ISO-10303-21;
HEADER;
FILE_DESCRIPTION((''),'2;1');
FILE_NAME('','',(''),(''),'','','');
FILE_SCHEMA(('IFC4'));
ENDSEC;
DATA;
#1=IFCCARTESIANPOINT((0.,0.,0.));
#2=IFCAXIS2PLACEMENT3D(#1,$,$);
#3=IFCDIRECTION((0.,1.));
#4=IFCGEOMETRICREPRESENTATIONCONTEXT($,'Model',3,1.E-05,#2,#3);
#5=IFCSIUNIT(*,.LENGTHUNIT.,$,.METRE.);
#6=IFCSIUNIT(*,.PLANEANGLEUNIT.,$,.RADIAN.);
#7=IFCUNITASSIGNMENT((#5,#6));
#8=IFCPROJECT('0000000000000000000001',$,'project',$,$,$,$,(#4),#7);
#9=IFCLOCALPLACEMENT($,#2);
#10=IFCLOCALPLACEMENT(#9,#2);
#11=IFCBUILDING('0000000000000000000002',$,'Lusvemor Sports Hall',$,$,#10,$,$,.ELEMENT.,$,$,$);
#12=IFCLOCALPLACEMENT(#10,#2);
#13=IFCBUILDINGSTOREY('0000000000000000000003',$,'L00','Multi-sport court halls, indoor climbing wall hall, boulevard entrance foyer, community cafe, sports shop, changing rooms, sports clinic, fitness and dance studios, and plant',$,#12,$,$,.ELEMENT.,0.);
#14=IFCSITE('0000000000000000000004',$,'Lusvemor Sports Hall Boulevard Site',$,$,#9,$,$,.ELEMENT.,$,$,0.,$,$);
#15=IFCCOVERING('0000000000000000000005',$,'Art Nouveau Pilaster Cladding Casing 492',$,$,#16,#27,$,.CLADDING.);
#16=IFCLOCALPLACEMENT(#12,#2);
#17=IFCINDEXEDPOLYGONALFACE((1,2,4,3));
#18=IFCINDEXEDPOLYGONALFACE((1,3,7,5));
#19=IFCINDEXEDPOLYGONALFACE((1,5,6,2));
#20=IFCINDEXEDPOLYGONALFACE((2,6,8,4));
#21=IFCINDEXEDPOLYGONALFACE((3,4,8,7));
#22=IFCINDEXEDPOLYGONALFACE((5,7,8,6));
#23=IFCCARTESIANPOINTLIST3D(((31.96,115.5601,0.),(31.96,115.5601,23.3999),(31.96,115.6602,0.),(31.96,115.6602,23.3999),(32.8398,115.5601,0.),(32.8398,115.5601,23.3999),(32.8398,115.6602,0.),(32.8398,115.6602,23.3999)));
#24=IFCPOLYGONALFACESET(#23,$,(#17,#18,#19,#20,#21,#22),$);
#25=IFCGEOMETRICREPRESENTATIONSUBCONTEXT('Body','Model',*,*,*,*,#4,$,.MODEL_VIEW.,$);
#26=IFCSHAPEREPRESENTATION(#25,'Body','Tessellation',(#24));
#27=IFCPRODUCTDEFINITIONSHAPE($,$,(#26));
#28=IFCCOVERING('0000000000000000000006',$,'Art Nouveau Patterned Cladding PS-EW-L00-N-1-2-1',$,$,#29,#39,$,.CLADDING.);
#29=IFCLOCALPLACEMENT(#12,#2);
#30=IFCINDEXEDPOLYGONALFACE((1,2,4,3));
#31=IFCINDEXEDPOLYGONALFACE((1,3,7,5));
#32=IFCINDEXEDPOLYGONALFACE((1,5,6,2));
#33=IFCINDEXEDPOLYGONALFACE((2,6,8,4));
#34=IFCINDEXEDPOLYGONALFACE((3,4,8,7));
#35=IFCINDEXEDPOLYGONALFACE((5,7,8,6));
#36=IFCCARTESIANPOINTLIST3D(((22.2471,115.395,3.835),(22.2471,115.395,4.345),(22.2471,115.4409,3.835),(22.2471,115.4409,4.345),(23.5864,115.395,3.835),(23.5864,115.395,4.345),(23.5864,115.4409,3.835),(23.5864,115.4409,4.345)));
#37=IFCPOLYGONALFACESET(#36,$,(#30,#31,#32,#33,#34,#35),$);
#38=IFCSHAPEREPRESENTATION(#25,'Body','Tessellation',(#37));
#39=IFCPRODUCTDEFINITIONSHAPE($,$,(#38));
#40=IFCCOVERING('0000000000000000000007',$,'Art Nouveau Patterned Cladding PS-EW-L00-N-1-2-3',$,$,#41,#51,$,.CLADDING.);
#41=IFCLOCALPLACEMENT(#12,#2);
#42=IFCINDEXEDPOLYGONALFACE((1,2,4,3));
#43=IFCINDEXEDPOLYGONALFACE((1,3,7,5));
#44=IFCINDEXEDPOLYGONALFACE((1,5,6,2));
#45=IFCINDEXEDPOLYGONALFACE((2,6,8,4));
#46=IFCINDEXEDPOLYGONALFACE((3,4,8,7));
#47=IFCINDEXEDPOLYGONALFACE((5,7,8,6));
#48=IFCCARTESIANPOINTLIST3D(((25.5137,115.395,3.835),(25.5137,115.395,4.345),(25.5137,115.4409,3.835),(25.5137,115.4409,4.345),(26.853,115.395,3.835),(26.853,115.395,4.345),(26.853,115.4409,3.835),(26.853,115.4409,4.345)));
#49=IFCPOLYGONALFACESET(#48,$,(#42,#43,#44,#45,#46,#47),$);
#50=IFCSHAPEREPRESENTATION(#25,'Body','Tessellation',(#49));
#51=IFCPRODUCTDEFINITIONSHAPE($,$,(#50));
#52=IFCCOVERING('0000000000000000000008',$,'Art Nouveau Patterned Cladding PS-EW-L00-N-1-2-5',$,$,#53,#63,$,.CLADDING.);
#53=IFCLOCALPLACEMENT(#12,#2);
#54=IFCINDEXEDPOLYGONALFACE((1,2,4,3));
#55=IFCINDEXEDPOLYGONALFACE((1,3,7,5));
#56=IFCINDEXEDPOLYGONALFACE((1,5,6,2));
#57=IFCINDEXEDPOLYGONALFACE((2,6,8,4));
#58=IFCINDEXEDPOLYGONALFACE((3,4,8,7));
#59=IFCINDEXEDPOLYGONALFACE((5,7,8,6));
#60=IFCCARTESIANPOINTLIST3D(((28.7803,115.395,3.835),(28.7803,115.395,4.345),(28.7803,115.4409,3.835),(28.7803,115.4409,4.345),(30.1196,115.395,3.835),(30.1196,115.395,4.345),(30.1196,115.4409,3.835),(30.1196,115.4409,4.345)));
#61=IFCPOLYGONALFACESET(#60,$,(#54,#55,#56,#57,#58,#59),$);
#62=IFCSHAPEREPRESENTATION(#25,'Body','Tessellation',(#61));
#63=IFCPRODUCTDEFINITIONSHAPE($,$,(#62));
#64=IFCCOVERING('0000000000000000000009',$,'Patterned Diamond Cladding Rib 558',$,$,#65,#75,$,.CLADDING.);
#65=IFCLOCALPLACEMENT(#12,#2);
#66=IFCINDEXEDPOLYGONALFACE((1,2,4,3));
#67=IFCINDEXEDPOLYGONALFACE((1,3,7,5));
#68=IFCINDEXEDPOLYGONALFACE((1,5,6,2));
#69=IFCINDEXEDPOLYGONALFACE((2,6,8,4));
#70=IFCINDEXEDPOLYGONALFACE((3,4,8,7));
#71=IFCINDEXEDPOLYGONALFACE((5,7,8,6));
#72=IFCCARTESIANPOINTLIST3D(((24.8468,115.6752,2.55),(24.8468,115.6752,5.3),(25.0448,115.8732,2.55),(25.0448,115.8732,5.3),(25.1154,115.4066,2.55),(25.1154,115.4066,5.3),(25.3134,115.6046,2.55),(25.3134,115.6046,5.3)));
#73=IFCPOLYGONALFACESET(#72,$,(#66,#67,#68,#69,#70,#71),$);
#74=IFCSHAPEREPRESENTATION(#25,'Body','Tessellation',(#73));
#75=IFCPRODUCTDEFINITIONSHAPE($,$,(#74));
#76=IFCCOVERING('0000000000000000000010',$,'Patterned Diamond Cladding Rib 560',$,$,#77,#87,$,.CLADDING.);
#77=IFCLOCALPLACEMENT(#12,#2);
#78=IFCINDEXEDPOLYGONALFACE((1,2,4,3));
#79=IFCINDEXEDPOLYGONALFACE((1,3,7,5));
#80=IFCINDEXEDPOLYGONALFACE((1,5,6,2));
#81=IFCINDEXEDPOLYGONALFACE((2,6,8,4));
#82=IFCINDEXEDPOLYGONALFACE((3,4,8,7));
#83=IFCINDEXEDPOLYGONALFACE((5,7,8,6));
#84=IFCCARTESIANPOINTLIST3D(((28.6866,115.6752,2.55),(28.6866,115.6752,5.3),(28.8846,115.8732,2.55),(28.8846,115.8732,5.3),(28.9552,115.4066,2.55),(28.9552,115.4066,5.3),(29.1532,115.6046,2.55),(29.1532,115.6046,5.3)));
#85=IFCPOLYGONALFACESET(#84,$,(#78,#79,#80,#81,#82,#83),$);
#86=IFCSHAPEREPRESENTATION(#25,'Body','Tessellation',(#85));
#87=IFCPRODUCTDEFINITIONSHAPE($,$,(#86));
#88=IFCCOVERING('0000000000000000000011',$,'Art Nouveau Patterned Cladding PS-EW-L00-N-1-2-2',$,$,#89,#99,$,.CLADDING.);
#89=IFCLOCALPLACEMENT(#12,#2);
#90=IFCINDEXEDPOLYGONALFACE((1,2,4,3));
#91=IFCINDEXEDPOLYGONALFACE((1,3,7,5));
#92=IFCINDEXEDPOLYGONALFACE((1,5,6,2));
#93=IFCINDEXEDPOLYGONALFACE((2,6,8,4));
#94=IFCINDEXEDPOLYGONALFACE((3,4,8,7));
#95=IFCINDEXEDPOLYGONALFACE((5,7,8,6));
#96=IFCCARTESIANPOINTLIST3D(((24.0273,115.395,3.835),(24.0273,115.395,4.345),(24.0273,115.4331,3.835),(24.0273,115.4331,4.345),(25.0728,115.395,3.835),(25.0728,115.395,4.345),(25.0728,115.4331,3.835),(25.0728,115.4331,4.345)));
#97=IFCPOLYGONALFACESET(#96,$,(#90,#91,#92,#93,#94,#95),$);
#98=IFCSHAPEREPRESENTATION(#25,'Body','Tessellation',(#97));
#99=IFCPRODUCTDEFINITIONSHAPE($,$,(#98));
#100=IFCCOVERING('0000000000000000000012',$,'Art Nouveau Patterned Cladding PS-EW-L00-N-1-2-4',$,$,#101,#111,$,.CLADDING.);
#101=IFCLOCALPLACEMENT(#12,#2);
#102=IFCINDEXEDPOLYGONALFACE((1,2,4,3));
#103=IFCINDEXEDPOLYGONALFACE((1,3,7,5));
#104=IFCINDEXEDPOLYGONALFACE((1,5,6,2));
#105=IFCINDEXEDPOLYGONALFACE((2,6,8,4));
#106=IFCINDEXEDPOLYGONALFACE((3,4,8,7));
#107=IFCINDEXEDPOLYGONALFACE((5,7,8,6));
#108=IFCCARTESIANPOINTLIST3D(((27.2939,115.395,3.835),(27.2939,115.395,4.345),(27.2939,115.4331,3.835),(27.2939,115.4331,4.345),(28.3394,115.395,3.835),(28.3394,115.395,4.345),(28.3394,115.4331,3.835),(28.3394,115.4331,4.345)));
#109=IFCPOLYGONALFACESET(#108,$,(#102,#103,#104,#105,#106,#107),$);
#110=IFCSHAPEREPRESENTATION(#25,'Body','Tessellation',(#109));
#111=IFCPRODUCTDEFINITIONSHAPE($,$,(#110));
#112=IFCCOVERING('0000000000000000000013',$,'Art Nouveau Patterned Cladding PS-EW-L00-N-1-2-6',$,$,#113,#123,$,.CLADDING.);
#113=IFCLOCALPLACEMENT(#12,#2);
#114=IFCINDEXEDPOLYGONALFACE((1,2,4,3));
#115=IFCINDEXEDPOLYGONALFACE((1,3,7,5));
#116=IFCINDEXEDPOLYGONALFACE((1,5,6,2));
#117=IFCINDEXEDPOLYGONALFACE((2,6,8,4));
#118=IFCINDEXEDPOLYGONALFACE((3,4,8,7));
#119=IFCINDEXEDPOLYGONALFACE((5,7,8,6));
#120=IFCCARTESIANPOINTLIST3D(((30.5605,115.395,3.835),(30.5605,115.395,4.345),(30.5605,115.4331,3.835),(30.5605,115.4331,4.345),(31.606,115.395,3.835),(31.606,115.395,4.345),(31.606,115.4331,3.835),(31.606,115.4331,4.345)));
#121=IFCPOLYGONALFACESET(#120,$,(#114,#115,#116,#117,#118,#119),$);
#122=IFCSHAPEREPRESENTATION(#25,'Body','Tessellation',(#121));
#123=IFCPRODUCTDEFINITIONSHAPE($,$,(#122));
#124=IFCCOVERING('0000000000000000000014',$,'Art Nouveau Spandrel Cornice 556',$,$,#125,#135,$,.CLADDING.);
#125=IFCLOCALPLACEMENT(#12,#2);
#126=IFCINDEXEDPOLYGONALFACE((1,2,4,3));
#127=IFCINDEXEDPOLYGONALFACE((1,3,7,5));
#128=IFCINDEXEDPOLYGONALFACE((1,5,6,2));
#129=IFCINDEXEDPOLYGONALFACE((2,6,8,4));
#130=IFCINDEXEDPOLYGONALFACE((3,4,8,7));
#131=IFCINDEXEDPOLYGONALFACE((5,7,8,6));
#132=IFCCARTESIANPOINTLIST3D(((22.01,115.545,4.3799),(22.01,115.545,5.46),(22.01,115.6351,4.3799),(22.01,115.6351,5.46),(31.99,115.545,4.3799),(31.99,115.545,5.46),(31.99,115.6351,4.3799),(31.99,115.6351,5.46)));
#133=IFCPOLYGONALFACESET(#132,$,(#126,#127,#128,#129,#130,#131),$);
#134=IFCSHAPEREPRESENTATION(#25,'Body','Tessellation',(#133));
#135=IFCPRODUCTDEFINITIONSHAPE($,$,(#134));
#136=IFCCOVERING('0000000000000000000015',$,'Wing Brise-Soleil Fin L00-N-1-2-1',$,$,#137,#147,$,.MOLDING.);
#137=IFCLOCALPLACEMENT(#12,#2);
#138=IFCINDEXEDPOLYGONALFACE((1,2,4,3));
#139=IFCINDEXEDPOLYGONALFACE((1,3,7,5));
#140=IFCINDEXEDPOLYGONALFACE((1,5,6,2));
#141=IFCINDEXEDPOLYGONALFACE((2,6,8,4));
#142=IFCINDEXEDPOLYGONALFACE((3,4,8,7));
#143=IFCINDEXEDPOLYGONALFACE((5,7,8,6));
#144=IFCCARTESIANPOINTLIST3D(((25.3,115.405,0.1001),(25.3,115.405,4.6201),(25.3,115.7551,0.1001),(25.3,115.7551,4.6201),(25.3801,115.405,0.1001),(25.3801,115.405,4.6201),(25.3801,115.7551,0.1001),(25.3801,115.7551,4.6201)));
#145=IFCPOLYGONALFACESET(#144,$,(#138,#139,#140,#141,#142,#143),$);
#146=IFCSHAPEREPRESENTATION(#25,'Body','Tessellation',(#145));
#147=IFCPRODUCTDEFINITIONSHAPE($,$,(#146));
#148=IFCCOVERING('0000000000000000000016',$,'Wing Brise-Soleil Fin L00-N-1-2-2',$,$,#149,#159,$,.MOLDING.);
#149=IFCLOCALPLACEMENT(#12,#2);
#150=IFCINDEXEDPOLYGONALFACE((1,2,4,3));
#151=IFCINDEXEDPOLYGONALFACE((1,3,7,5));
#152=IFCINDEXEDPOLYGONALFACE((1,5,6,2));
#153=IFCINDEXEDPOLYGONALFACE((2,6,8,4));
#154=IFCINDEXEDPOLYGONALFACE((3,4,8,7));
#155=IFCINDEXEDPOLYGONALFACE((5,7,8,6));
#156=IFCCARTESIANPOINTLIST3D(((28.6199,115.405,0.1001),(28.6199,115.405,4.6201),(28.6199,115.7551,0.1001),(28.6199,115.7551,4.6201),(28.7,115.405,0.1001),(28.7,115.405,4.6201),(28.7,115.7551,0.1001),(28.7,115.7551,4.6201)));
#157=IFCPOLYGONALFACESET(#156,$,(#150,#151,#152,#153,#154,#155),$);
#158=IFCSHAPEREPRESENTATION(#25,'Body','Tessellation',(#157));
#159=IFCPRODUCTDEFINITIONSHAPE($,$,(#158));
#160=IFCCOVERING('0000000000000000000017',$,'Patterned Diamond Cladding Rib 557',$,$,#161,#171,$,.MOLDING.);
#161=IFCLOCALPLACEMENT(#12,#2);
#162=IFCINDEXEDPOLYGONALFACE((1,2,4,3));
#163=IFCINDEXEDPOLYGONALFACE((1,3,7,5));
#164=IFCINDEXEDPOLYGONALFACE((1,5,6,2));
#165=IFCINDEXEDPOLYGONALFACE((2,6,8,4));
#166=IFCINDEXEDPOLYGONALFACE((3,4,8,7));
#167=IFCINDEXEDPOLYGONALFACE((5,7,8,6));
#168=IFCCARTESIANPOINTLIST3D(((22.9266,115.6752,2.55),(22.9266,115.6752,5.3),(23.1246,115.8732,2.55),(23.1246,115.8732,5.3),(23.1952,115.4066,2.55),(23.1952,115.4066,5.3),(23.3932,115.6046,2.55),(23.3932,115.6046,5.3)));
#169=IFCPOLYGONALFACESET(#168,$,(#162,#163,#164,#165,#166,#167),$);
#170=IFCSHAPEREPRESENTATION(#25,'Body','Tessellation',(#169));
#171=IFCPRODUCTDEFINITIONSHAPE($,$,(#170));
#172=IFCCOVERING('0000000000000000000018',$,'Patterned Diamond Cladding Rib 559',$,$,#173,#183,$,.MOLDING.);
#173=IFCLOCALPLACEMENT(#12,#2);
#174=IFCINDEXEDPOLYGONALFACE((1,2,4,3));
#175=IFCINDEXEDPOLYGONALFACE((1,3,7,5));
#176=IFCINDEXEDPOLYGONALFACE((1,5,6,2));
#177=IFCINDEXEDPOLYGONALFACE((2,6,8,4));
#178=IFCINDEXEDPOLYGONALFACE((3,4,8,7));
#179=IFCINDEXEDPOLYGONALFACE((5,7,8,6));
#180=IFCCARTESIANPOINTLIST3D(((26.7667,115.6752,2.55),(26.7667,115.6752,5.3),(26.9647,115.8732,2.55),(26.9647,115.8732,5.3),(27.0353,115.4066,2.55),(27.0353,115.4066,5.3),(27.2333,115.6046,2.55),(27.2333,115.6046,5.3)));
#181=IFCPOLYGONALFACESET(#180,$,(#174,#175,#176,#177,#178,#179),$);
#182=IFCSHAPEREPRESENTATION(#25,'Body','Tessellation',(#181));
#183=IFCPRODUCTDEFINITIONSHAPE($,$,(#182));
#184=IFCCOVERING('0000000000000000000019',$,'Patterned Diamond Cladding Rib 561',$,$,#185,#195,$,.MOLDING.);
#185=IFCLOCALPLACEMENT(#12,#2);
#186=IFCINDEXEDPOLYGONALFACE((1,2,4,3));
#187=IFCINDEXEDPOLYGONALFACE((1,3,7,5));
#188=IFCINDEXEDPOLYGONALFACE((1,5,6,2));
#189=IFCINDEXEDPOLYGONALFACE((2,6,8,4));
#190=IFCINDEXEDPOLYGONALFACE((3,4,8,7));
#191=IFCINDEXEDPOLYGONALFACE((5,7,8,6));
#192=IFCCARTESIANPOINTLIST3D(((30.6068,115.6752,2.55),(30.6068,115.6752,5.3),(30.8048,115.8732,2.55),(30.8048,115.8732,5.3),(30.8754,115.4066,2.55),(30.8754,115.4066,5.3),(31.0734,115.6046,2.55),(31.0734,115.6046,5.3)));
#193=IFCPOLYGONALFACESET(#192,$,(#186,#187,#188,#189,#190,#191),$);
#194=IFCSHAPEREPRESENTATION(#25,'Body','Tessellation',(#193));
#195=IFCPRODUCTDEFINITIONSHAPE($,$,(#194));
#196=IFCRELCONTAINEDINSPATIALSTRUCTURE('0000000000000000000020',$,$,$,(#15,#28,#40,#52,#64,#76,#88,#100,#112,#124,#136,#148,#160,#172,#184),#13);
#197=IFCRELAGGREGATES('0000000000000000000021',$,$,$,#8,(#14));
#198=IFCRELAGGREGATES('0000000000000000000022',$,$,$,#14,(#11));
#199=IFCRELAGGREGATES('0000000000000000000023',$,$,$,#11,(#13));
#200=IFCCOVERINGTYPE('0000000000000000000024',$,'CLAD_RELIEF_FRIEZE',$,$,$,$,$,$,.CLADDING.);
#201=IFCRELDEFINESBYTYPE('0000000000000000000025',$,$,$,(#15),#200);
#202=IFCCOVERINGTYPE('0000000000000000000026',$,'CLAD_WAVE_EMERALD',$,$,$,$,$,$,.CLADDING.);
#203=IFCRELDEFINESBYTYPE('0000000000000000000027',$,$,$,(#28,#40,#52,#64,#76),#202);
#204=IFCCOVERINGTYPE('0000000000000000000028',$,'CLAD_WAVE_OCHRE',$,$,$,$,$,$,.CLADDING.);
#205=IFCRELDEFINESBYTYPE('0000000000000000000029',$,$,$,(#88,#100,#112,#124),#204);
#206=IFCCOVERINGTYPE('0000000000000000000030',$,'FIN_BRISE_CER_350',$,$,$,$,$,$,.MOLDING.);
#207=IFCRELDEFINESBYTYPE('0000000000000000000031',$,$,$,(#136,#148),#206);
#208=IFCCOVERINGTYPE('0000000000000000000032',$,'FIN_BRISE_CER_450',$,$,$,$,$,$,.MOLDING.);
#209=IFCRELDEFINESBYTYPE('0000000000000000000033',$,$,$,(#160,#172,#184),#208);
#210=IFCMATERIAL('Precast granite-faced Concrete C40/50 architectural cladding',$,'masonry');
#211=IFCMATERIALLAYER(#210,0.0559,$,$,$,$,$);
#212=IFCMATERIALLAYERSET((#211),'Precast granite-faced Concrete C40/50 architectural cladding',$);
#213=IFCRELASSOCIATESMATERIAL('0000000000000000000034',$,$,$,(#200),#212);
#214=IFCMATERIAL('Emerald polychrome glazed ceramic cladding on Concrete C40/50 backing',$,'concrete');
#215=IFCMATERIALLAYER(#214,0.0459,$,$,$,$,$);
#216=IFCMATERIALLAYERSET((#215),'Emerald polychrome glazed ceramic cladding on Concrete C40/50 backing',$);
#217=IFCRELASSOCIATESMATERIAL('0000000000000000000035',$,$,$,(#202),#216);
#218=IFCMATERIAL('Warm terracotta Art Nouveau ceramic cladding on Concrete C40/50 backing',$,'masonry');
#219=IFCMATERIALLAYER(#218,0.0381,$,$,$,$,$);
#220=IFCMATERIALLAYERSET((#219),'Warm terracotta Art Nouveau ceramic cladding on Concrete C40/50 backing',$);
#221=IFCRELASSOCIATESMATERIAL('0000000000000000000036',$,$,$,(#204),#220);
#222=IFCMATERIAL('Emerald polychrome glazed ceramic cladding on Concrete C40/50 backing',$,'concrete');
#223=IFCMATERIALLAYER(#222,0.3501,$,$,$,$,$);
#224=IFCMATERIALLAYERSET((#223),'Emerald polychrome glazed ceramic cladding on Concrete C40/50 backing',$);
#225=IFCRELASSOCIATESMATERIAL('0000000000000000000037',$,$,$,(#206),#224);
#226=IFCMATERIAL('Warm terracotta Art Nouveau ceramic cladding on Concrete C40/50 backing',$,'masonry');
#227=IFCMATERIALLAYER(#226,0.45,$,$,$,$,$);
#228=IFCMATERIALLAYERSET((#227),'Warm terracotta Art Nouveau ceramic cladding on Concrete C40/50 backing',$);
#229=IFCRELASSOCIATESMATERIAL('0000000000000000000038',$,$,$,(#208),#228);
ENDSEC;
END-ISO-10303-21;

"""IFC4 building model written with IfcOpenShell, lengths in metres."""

from ifc_helpers import new_model, si_unit, direction, frame, origin, origin_2d, place, context, subcontext, project, spatial, rectangle, extrude, material, layer, layer_set, type_object, element, save


model = new_model("IFC4")

# Units and contexts
model_context = context("Model", 3, precision=1e-05, world=origin(), true_north=direction((0.0, 1.0)))
body_context = subcontext(model_context, "Body", "Model", "MODEL_VIEW")
ifc_project = project(units=[si_unit("LENGTHUNIT", "METRE"), si_unit("PLANEANGLEUNIT", "RADIAN")], contexts=[model_context])

# Site, building, storey
site_placement = place(None, origin())
site = spatial("IfcSite", under=ifc_project, at=site_placement, Name="Lusvemor Sports Hall Boulevard Site", CompositionType="ELEMENT", RefElevation=0.0)
building_placement = place(site_placement, origin())
building = spatial("IfcBuilding", under=site, at=building_placement, Name="Lusvemor Sports Hall", CompositionType="ELEMENT")
storey_placement = place(building_placement, origin())
storey = spatial("IfcBuildingStorey", under=building, at=storey_placement, Name="L00", Description="Multi-sport court halls, indoor climbing wall hall, boulevard entrance foyer, community cafe, sports shop, changing rooms, sports clinic, fitness and dance studios, and plant", CompositionType="ELEMENT", Elevation=0.0)

# Coverings
ifc_material_1 = material(Name="Precast granite-faced Concrete C40/50 architectural cladding", Category="masonry")
ifc_layer_1 = layer(ifc_material_1, 0.0559)
ifc_layer_set_1 = layer_set([ifc_layer_1], Name="Precast granite-faced Concrete C40/50 architectural cladding")
covering_type_1 = type_object("IfcCoveringType", Name="CLAD_RELIEF_FRIEZE", PredefinedType="CLADDING", material=ifc_layer_set_1)
for number, where, z_axis, x_axis, name in (
    (1, (32.3999, 115.6101, 0.0), (0.0, 0.0, 1.0), (1.0, 0.0, 0.0), "Art Nouveau Pilaster Cladding Casing 492"),
):
    element("IfcCovering", number, at=place(storey_placement, frame(where, z_axis=z_axis, x_axis=x_axis)), inside=storey, type_object=covering_type_1, Name=name, PredefinedType="CLADDING", context=body_context, shape_type="SweptSolid", body=[
        extrude(rectangle(XDim=0.8799, YDim=0.1001, at=origin_2d()), origin(), (0.0, 0.0, 1.0), 23.3999),
    ])
ifc_material_2 = material(Name="Emerald polychrome glazed ceramic cladding on Concrete C40/50 backing", Category="concrete")
ifc_layer_2 = layer(ifc_material_2, 0.0459)
ifc_layer_set_2 = layer_set([ifc_layer_2], Name="Emerald polychrome glazed ceramic cladding on Concrete C40/50 backing")
covering_type_2 = type_object("IfcCoveringType", Name="CLAD_WAVE_EMERALD", PredefinedType="CLADDING", material=ifc_layer_set_2)
for number, where, z_axis, x_axis, name in (
    (2, (22.9167, 115.418, 3.835), (0.0, 0.0, 1.0), (1.0, 0.0, 0.0), "Art Nouveau Patterned Cladding PS-EW-L00-N-1-2-1"),
    (3, (26.1833, 115.418, 3.835), (0.0, 0.0, 1.0), (1.0, 0.0, 0.0), "Art Nouveau Patterned Cladding PS-EW-L00-N-1-2-3"),
    (4, (29.45, 115.418, 3.835), (0.0, 0.0, 1.0), (1.0, 0.0, 0.0), "Art Nouveau Patterned Cladding PS-EW-L00-N-1-2-5"),
):
    element("IfcCovering", number, at=place(storey_placement, frame(where, z_axis=z_axis, x_axis=x_axis)), inside=storey, type_object=covering_type_2, Name=name, PredefinedType="CLADDING", context=body_context, shape_type="SweptSolid", body=[
        extrude(rectangle(XDim=1.3394, YDim=0.0459, at=origin_2d()), origin(), (0.0, 0.0, 1.0), 0.51),
    ])
for number, where, z_axis, x_axis, name in (
    (5, (25.0801, 115.6399, 2.55), (0.0, 0.0, 1.0), (0.707107, 0.707107, 0.0), "Patterned Diamond Cladding Rib 558"),
    (6, (28.9199, 115.6399, 2.55), (0.0, 0.0, 1.0), (0.707107, 0.707107, 0.0), "Patterned Diamond Cladding Rib 560"),
):
    element("IfcCovering", number, at=place(storey_placement, frame(where, z_axis=z_axis, x_axis=x_axis)), inside=storey, type_object=covering_type_2, Name=name, PredefinedType="CLADDING", context=body_context, shape_type="SweptSolid", body=[
        extrude(rectangle(XDim=0.28, YDim=0.3799, at=origin_2d()), origin(), (0.0, 0.0, 1.0), 2.75),
    ])
ifc_material_3 = material(Name="Warm terracotta Art Nouveau ceramic cladding on Concrete C40/50 backing", Category="masonry")
ifc_layer_3 = layer(ifc_material_3, 0.0381)
ifc_layer_set_3 = layer_set([ifc_layer_3], Name="Warm terracotta Art Nouveau ceramic cladding on Concrete C40/50 backing")
covering_type_3 = type_object("IfcCoveringType", Name="CLAD_WAVE_OCHRE", PredefinedType="CLADDING", material=ifc_layer_set_3)
for number, where, z_axis, x_axis, name in (
    (7, (24.55, 115.4141, 3.835), (0.0, 0.0, 1.0), (1.0, 0.0, 0.0), "Art Nouveau Patterned Cladding PS-EW-L00-N-1-2-2"),
    (8, (27.8167, 115.4141, 3.835), (0.0, 0.0, 1.0), (1.0, 0.0, 0.0), "Art Nouveau Patterned Cladding PS-EW-L00-N-1-2-4"),
    (9, (31.0833, 115.4141, 3.835), (0.0, 0.0, 1.0), (1.0, 0.0, 0.0), "Art Nouveau Patterned Cladding PS-EW-L00-N-1-2-6"),
):
    element("IfcCovering", number, at=place(storey_placement, frame(where, z_axis=z_axis, x_axis=x_axis)), inside=storey, type_object=covering_type_3, Name=name, PredefinedType="CLADDING", context=body_context, shape_type="SweptSolid", body=[
        extrude(rectangle(XDim=1.0454, YDim=0.0381, at=origin_2d()), origin(), (0.0, 0.0, 1.0), 0.51),
    ])
covering_placement = place(storey_placement, frame((27.0, 115.5901, 4.3799), z_axis=(0.0, 0.0, 1.0), x_axis=(1.0, 0.0, 0.0)))
element("IfcCovering", 10, at=covering_placement, inside=storey, type_object=covering_type_3, Name="Art Nouveau Spandrel Cornice 556", PredefinedType="CLADDING", context=body_context, shape_type="SweptSolid", body=[
    extrude(rectangle(XDim=9.98, YDim=0.0901, at=origin_2d()), origin(), (0.0, 0.0, 1.0), 1.0801),
])
ifc_material_4 = material(Name="Emerald polychrome glazed ceramic cladding on Concrete C40/50 backing", Category="concrete")
ifc_layer_4 = layer(ifc_material_4, 0.3501)
ifc_layer_set_4 = layer_set([ifc_layer_4], Name="Emerald polychrome glazed ceramic cladding on Concrete C40/50 backing")
covering_type_4 = type_object("IfcCoveringType", Name="FIN_BRISE_CER_350", PredefinedType="MOLDING", material=ifc_layer_set_4)
for number, where, z_axis, x_axis, name in (
    (11, (25.3401, 115.5801, 0.1001), (0.0, 0.0, 1.0), (1.0, 0.0, 0.0), "Wing Brise-Soleil Fin L00-N-1-2-1"),
    (12, (28.6599, 115.5801, 0.1001), (0.0, 0.0, 1.0), (1.0, 0.0, 0.0), "Wing Brise-Soleil Fin L00-N-1-2-2"),
):
    element("IfcCovering", number, at=place(storey_placement, frame(where, z_axis=z_axis, x_axis=x_axis)), inside=storey, type_object=covering_type_4, Name=name, PredefinedType="MOLDING", context=body_context, shape_type="SweptSolid", body=[
        extrude(rectangle(XDim=0.0801, YDim=0.3501, at=origin_2d()), origin(), (0.0, 0.0, 1.0), 4.52),
    ])
ifc_material_5 = material(Name="Warm terracotta Art Nouveau ceramic cladding on Concrete C40/50 backing", Category="masonry")
ifc_layer_5 = layer(ifc_material_5, 0.45)
ifc_layer_set_5 = layer_set([ifc_layer_5], Name="Warm terracotta Art Nouveau ceramic cladding on Concrete C40/50 backing")
covering_type_5 = type_object("IfcCoveringType", Name="FIN_BRISE_CER_450", PredefinedType="MOLDING", material=ifc_layer_set_5)
for number, where, z_axis, x_axis, name in (
    (13, (23.1599, 115.6399, 2.55), (0.0, 0.0, 1.0), (0.707107, 0.707107, 0.0), "Patterned Diamond Cladding Rib 557"),
    (14, (27.0, 115.6399, 2.55), (0.0, 0.0, 1.0), (0.707107, 0.707107, 0.0), "Patterned Diamond Cladding Rib 559"),
    (15, (30.8401, 115.6399, 2.55), (0.0, 0.0, 1.0), (0.707107, 0.707107, 0.0), "Patterned Diamond Cladding Rib 561"),
):
    element("IfcCovering", number, at=place(storey_placement, frame(where, z_axis=z_axis, x_axis=x_axis)), inside=storey, type_object=covering_type_5, Name=name, PredefinedType="MOLDING", context=body_context, shape_type="SweptSolid", body=[
        extrude(rectangle(XDim=0.28, YDim=0.3799, at=origin_2d()), origin(), (0.0, 0.0, 1.0), 2.75),
    ])

save(model, "model.ifc")
